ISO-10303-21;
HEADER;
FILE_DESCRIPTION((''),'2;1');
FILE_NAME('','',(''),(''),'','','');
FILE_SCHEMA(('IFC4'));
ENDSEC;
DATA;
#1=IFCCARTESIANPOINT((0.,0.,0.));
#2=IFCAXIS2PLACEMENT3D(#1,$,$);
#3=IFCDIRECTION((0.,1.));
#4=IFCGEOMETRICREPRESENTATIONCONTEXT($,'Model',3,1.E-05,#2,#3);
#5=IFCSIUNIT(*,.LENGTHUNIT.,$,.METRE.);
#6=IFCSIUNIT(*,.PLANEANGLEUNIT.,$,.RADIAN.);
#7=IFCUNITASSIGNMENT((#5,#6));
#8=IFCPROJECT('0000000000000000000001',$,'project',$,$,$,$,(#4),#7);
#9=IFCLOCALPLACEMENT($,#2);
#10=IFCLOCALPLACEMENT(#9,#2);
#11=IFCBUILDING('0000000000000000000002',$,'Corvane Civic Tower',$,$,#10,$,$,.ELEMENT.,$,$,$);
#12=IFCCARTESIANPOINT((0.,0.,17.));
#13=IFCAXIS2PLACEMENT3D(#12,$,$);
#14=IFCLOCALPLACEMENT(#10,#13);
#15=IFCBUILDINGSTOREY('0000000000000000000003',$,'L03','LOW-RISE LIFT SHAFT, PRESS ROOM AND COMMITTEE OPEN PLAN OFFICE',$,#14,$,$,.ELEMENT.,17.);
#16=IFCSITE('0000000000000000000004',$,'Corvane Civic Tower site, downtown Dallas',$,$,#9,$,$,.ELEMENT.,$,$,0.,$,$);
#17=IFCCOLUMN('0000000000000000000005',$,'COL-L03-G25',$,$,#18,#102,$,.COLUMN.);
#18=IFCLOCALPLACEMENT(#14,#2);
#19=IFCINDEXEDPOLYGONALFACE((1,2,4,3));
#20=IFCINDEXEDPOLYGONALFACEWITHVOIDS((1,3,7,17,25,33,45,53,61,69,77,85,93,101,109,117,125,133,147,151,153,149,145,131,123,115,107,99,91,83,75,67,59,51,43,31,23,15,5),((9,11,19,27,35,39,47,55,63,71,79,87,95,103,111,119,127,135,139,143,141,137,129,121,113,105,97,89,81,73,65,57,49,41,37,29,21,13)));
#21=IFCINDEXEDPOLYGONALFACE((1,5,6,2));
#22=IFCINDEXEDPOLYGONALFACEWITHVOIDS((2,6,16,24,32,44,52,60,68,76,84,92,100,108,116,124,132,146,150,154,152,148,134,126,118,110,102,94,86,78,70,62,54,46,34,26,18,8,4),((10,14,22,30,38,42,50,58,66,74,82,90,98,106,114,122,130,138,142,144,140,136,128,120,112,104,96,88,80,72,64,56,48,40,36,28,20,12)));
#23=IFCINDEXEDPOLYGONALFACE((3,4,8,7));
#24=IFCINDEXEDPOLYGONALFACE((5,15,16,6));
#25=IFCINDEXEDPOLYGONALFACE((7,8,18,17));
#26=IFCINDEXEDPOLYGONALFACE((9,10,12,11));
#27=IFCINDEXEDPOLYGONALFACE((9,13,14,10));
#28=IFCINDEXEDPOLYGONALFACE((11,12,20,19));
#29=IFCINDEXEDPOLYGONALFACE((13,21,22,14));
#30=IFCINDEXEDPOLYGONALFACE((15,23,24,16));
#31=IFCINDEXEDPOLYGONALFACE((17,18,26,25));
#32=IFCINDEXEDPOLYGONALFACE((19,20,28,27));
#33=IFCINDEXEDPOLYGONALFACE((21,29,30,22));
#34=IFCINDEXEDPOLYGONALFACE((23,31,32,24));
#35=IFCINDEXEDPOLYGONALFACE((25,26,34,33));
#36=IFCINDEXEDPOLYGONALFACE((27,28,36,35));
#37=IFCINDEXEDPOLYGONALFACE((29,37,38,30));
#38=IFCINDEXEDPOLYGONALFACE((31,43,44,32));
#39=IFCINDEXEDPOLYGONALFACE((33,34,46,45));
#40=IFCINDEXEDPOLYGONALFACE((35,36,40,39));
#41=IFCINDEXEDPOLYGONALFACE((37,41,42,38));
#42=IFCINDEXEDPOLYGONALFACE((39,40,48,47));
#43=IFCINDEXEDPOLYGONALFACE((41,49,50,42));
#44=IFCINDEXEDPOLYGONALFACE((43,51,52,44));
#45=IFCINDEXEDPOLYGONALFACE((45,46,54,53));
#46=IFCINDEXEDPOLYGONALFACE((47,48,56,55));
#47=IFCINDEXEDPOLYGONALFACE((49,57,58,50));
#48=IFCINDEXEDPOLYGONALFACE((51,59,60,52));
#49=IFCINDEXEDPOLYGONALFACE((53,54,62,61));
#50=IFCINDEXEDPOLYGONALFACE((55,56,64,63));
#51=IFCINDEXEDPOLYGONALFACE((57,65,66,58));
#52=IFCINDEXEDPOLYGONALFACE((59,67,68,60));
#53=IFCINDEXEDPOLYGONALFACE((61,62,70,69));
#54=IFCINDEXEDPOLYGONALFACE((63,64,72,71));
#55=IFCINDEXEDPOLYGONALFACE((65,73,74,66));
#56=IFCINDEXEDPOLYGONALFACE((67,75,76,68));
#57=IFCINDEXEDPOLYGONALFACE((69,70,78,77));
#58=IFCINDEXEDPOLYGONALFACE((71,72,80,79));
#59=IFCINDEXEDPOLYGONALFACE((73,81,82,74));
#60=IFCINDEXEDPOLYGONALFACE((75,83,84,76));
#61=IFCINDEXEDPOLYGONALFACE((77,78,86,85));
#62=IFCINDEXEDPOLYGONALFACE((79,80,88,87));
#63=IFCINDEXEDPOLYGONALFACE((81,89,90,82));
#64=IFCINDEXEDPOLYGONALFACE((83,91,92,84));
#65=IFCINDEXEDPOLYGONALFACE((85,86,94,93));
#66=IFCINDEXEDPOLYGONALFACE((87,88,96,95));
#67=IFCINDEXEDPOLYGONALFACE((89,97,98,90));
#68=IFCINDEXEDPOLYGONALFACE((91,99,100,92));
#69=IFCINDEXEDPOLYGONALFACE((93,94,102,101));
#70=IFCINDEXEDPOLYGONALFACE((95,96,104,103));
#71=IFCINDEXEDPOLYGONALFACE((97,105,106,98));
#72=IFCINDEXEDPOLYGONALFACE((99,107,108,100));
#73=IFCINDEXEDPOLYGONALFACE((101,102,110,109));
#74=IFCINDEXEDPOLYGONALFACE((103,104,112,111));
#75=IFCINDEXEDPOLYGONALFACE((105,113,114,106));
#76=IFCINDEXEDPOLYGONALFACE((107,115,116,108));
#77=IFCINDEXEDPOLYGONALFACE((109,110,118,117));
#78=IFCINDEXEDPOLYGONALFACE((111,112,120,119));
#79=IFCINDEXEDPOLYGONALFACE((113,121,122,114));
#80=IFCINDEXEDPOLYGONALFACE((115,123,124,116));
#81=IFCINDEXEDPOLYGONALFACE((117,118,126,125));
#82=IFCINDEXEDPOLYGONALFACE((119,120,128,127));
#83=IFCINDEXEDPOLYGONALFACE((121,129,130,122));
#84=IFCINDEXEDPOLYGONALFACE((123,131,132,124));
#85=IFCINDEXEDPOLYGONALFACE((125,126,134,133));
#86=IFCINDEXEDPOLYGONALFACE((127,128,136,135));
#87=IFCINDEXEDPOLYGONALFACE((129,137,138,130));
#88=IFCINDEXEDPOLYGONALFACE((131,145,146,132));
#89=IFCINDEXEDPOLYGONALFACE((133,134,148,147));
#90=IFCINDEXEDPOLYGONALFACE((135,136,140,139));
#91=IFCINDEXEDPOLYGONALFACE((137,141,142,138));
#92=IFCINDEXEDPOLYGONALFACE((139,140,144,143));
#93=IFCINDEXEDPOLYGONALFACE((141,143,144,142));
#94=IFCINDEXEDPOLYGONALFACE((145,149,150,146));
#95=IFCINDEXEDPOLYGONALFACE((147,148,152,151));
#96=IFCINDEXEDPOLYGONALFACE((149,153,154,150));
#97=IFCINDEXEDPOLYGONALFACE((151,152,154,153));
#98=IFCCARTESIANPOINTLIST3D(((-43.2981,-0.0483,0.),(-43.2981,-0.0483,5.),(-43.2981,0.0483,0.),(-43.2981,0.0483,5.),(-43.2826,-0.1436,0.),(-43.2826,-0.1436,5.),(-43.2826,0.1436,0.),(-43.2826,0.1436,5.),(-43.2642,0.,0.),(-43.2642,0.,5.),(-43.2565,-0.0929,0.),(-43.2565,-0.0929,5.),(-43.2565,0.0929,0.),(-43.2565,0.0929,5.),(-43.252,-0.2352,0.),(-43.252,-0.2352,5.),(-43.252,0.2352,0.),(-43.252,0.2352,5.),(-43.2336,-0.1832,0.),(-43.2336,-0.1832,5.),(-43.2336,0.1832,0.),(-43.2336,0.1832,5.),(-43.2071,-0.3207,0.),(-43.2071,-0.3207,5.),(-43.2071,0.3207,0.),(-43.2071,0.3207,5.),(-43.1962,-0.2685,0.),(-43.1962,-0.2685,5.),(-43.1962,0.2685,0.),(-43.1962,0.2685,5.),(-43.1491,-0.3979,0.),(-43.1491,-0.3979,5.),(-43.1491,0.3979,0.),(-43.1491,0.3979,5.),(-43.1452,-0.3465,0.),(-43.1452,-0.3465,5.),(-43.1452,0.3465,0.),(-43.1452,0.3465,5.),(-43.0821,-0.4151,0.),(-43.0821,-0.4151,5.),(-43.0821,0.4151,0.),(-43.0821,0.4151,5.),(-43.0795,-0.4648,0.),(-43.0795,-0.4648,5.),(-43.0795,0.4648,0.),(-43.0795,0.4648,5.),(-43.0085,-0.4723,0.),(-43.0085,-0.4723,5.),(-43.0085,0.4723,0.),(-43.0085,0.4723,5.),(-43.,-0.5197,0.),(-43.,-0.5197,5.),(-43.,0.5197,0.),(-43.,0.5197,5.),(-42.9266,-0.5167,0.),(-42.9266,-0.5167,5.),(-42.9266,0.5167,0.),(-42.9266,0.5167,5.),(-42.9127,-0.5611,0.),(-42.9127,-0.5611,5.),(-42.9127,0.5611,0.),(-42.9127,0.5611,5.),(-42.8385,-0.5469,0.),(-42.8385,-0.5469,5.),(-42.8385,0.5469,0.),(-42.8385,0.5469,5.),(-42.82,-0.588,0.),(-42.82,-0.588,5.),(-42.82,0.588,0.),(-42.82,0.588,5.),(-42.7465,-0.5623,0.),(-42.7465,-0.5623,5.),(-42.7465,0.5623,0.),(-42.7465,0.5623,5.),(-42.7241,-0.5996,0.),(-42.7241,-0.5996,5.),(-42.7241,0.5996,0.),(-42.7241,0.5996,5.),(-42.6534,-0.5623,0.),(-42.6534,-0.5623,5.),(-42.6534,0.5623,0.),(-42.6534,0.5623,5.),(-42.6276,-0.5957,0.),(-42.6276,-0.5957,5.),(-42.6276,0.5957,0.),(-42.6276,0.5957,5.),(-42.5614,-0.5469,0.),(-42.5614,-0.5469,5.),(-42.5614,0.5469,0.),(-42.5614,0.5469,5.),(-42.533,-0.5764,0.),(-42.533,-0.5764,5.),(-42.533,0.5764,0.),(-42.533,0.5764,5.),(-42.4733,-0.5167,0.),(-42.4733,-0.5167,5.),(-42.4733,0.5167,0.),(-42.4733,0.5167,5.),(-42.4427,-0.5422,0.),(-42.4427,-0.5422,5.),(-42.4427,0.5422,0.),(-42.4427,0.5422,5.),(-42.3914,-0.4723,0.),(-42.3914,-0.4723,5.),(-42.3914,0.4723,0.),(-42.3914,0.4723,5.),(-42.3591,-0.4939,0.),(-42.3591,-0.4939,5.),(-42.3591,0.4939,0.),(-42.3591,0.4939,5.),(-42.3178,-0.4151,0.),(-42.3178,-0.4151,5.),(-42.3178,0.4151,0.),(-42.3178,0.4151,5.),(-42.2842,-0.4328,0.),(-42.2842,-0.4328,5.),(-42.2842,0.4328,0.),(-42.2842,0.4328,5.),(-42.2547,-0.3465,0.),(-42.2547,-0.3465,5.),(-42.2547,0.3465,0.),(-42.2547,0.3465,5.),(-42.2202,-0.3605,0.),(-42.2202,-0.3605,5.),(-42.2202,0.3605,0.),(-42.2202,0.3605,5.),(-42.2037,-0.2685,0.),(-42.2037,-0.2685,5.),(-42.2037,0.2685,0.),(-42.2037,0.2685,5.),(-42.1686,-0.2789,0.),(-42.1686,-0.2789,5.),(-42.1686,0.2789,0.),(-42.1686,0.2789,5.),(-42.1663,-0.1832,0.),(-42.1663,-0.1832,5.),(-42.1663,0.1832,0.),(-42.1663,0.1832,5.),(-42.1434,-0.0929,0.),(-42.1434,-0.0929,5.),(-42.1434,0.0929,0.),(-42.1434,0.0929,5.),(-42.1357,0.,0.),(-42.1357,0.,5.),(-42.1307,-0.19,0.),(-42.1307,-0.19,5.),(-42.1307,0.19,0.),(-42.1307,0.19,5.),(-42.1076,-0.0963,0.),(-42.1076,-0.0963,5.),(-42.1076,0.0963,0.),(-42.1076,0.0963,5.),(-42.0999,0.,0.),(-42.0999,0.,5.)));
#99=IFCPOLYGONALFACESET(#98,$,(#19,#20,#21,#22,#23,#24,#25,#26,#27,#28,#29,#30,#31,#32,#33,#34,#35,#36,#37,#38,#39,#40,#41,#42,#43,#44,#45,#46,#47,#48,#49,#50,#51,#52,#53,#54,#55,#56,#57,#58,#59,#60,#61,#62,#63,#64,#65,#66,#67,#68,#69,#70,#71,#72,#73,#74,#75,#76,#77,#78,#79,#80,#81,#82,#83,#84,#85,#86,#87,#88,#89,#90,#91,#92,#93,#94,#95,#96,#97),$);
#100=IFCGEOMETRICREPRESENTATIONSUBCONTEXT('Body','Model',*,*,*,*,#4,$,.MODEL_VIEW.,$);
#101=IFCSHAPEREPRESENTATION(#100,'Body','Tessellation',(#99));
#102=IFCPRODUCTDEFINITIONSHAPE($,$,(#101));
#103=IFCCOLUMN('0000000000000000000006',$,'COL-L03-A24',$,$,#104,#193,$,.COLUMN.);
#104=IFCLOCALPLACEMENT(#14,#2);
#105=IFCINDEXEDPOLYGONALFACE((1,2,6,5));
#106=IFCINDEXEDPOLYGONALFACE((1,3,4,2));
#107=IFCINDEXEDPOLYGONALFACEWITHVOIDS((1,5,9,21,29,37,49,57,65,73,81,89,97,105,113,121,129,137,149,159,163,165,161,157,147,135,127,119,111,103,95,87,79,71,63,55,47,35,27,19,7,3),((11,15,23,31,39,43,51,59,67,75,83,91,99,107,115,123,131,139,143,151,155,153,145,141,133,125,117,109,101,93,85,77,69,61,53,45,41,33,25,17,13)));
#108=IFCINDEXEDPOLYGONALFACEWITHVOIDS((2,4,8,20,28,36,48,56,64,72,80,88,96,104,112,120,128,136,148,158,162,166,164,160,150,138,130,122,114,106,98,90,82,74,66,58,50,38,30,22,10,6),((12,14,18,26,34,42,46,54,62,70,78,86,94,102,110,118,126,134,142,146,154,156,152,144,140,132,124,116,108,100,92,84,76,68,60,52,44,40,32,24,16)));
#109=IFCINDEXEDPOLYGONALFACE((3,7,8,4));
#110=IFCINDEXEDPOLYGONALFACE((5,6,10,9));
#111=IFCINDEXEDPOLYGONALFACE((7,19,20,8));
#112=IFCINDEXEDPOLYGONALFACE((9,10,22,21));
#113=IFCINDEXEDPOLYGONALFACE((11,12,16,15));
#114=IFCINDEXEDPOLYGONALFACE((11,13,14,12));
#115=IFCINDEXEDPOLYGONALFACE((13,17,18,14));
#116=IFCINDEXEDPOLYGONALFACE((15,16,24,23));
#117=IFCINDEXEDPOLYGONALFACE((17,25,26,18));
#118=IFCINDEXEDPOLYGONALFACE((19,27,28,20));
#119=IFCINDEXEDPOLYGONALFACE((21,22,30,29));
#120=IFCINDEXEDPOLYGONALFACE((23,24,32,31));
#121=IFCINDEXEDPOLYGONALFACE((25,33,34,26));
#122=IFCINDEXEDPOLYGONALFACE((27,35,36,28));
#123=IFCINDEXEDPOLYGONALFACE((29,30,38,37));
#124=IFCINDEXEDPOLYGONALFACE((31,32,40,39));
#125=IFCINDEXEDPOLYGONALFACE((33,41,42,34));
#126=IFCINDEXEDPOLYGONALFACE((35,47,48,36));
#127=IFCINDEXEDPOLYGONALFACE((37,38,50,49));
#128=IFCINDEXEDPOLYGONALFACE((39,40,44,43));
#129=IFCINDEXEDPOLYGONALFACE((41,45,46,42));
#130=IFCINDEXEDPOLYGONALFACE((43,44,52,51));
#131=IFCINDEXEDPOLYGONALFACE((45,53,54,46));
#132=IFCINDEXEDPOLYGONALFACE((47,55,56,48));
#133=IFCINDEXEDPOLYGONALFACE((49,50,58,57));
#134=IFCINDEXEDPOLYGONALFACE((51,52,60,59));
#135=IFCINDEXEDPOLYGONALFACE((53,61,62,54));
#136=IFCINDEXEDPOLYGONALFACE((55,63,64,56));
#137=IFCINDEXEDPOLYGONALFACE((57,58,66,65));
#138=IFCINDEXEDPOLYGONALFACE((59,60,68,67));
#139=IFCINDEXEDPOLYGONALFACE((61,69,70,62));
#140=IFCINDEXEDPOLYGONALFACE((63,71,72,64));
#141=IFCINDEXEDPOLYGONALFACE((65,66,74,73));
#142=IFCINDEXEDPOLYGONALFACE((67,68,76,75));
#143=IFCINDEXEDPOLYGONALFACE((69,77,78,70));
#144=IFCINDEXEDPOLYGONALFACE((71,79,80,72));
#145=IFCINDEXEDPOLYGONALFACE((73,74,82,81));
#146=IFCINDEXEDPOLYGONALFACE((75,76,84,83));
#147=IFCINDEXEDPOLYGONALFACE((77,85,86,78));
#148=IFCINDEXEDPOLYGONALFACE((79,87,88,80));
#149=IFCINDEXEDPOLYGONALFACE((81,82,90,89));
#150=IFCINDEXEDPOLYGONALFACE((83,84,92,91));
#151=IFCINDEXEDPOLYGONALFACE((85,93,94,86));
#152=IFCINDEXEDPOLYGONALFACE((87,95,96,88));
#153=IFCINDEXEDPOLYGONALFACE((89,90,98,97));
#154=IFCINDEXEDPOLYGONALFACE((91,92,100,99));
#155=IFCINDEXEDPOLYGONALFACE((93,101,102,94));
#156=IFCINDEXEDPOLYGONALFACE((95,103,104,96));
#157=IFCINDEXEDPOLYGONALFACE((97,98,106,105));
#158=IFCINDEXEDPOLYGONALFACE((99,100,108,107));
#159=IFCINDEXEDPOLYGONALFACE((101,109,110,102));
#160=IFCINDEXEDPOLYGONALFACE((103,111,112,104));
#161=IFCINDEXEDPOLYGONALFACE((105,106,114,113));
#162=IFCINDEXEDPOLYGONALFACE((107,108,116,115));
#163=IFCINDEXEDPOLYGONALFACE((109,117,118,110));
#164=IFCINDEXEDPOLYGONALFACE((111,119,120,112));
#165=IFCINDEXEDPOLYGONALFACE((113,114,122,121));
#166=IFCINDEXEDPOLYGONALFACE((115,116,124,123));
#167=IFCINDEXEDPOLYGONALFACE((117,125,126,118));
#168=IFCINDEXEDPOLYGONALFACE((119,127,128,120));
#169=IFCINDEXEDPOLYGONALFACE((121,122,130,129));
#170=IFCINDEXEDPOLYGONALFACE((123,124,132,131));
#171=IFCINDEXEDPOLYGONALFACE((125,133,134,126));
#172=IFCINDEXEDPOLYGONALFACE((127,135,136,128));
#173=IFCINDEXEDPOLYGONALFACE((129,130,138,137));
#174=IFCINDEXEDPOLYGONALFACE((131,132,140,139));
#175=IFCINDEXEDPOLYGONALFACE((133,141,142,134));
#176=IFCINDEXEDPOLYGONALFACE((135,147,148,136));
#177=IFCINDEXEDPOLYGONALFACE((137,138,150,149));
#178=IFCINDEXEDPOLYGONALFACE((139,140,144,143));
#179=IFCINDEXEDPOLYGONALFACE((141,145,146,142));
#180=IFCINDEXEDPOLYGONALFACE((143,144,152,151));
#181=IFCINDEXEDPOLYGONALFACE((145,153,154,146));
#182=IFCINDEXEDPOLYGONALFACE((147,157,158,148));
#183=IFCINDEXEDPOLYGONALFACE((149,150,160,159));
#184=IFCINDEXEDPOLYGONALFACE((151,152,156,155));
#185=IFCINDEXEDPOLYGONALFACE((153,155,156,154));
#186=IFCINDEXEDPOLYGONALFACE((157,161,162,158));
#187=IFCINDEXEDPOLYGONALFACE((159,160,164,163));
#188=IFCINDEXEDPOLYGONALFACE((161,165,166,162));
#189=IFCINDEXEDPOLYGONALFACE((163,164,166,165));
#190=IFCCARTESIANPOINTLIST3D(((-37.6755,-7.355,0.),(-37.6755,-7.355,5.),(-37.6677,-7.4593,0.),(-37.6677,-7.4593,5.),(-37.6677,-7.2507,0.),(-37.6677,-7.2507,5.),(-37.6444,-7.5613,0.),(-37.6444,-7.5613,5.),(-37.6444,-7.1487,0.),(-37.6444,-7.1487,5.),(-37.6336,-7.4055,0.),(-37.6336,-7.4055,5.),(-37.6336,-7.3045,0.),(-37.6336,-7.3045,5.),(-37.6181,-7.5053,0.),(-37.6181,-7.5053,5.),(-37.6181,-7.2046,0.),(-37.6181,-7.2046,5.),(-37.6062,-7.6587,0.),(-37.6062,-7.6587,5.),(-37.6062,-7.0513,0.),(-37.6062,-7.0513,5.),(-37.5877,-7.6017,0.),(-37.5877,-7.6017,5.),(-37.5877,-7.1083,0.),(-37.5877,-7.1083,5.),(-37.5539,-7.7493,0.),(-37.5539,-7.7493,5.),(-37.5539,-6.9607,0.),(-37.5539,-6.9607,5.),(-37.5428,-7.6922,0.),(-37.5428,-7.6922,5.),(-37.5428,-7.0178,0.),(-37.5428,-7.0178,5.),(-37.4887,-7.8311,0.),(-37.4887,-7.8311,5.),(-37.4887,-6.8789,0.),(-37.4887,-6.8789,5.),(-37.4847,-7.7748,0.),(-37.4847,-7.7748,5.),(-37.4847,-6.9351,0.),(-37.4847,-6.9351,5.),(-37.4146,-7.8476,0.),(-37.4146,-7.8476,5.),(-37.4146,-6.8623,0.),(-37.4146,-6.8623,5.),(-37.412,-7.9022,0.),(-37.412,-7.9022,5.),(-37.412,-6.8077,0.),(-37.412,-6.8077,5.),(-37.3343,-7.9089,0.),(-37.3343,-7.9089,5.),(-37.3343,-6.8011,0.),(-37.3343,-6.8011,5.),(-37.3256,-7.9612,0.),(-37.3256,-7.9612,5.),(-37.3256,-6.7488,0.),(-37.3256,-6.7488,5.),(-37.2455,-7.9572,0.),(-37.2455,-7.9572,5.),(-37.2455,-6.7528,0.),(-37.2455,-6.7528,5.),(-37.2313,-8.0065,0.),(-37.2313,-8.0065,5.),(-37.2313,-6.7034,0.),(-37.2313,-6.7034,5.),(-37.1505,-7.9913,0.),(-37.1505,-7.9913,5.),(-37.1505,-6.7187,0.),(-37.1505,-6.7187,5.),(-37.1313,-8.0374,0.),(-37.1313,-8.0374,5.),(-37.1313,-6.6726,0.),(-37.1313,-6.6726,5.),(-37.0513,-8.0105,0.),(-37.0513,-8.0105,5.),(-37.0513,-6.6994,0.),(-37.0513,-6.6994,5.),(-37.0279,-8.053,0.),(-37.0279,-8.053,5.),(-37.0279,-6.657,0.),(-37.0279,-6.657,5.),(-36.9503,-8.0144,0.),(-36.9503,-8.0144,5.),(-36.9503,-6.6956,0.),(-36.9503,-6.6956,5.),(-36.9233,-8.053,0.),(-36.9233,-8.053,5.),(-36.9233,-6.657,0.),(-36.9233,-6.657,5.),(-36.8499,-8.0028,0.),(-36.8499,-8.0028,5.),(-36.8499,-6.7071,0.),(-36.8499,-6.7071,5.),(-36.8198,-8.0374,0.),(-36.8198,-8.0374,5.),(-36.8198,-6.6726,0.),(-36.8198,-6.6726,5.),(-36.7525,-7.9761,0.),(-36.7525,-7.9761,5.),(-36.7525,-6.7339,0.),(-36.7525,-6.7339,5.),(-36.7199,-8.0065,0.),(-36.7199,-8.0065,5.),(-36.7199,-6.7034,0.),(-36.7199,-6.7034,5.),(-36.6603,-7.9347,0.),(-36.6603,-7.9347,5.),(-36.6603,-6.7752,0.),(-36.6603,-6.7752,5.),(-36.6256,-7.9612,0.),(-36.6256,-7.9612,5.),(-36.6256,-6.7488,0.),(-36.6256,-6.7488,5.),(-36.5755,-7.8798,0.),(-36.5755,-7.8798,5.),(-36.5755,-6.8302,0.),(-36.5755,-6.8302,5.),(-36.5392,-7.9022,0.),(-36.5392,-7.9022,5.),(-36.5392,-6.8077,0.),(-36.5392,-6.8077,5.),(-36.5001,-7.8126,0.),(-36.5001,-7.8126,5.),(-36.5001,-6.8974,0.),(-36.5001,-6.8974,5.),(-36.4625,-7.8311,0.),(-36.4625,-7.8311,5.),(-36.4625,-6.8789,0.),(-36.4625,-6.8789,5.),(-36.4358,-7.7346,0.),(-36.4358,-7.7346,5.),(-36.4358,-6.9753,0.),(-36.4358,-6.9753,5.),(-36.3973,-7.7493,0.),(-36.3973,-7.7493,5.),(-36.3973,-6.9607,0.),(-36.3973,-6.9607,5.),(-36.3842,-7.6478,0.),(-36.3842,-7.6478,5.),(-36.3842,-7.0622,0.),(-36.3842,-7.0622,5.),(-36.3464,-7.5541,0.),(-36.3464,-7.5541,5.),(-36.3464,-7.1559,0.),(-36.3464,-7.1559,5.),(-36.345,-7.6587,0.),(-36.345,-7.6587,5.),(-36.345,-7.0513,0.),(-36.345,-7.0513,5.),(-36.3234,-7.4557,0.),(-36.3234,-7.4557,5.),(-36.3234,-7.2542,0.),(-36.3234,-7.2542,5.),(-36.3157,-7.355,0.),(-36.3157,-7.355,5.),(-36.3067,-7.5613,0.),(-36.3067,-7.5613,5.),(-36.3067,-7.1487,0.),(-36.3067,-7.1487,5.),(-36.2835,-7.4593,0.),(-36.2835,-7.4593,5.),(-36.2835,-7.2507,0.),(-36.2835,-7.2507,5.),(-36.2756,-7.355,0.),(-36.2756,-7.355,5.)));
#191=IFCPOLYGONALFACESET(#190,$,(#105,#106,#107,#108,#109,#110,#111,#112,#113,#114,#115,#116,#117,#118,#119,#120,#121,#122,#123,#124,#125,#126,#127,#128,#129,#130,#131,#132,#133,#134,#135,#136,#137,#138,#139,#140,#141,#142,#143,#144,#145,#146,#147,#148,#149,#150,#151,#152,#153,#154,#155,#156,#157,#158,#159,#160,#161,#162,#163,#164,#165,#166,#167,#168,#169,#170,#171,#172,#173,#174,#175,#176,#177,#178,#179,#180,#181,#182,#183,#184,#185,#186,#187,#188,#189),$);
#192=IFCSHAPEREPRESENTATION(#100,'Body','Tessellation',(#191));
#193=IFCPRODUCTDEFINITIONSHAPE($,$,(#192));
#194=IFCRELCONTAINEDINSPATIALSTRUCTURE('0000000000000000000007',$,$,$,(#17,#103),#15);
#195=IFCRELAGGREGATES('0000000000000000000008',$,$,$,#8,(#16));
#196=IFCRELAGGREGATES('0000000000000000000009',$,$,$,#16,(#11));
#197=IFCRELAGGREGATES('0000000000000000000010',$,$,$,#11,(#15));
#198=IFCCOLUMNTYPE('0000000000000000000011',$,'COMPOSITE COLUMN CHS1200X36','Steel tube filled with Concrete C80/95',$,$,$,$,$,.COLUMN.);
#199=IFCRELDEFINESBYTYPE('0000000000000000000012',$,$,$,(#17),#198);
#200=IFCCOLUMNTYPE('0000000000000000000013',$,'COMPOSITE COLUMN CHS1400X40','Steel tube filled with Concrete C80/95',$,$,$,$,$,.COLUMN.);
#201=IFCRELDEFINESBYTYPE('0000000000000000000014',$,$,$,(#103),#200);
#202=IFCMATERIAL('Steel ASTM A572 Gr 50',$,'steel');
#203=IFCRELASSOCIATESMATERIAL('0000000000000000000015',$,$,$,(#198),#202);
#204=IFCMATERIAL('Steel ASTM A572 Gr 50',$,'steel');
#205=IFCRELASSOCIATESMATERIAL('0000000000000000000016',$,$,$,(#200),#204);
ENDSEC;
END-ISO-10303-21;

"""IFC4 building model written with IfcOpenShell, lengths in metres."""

from ifc_helpers import new_model, si_unit, direction, frame, origin, origin_2d, place, context, subcontext, project, spatial, hollow_circle, extrude, material, material_profile, profile_set, type_object, element, save


model = new_model("IFC4")

# Units and contexts
model_context = context("Model", 3, precision=1e-05, world=origin(), true_north=direction((0.0, 1.0)))
body_context = subcontext(model_context, "Body", "Model", "MODEL_VIEW")
ifc_project = project(units=[si_unit("LENGTHUNIT", "METRE"), si_unit("PLANEANGLEUNIT", "RADIAN")], contexts=[model_context])

# Site, building, storey
site_placement = place(None, origin())
site = spatial("IfcSite", under=ifc_project, at=site_placement, Name="Corvane Civic Tower site, downtown Dallas", CompositionType="ELEMENT", RefElevation=0.0)
building_placement = place(site_placement, origin())
building = spatial("IfcBuilding", under=site, at=building_placement, Name="Corvane Civic Tower", CompositionType="ELEMENT")
storey_placement = place(building_placement, frame((0.0, 0.0, 17.0)))
storey = spatial("IfcBuildingStorey", under=building, at=storey_placement, Name="L03", Description="LOW-RISE LIFT SHAFT, PRESS ROOM AND COMMITTEE OPEN PLAN OFFICE", CompositionType="ELEMENT", Elevation=17.0)

# Columns
ifc_material_1 = material(Name="Steel ASTM A572 Gr 50", Category="steel")
ifc_material_profile_1 = material_profile(ifc_material_1, hollow_circle(Radius=0.6001, WallThickness=0.0359, at=origin_2d()), Name="CHS1200X36")
ifc_profile_set_1 = profile_set([ifc_material_profile_1], Name="Steel ASTM A572 Gr 50")
column_type_1 = type_object("IfcColumnType", Name="COMPOSITE COLUMN CHS1200X36", Description="Steel tube filled with Concrete C80/95", PredefinedType="COLUMN", material=ifc_profile_set_1)
column_placement = place(storey_placement, frame((-42.7, 0.0, 0.0), z_axis=(0.0, 0.0, 1.0), x_axis=(1.0, 0.0, 0.0)))
element("IfcColumn", 1, at=column_placement, inside=storey, type_object=column_type_1, Name="COL-L03-G25", PredefinedType="COLUMN", context=body_context, shape_type="SweptSolid", body=[
    extrude(hollow_circle(Radius=0.6001, WallThickness=0.0359, at=origin_2d()), origin(), (0.0, 0.0, 1.0), 5.0),
])
ifc_material_2 = material(Name="Steel ASTM A572 Gr 50", Category="steel")
ifc_material_profile_2 = material_profile(ifc_material_2, hollow_circle(Radius=0.7, WallThickness=0.04, at=origin_2d()), Name="CHS1400X40")
ifc_profile_set_2 = profile_set([ifc_material_profile_2], Name="Steel ASTM A572 Gr 50")
column_type_2 = type_object("IfcColumnType", Name="COMPOSITE COLUMN CHS1400X40", Description="Steel tube filled with Concrete C80/95", PredefinedType="COLUMN", material=ifc_profile_set_2)
for number, where, z_axis, x_axis, name in (
    (2, (-36.9756, -7.355, 0.0), (0.0, 0.0, 1.0), (1.0, 0.0, 0.0), "COL-L03-A24"),
):
    element("IfcColumn", number, at=place(storey_placement, frame(where, z_axis=z_axis, x_axis=x_axis)), inside=storey, type_object=column_type_2, Name=name, PredefinedType="COLUMN", context=body_context, shape_type="SweptSolid", body=[
        extrude(hollow_circle(Radius=0.7, WallThickness=0.04, at=origin_2d()), origin(), (0.0, 0.0, 1.0), 5.0),
    ])

save(model, "model.ifc")
